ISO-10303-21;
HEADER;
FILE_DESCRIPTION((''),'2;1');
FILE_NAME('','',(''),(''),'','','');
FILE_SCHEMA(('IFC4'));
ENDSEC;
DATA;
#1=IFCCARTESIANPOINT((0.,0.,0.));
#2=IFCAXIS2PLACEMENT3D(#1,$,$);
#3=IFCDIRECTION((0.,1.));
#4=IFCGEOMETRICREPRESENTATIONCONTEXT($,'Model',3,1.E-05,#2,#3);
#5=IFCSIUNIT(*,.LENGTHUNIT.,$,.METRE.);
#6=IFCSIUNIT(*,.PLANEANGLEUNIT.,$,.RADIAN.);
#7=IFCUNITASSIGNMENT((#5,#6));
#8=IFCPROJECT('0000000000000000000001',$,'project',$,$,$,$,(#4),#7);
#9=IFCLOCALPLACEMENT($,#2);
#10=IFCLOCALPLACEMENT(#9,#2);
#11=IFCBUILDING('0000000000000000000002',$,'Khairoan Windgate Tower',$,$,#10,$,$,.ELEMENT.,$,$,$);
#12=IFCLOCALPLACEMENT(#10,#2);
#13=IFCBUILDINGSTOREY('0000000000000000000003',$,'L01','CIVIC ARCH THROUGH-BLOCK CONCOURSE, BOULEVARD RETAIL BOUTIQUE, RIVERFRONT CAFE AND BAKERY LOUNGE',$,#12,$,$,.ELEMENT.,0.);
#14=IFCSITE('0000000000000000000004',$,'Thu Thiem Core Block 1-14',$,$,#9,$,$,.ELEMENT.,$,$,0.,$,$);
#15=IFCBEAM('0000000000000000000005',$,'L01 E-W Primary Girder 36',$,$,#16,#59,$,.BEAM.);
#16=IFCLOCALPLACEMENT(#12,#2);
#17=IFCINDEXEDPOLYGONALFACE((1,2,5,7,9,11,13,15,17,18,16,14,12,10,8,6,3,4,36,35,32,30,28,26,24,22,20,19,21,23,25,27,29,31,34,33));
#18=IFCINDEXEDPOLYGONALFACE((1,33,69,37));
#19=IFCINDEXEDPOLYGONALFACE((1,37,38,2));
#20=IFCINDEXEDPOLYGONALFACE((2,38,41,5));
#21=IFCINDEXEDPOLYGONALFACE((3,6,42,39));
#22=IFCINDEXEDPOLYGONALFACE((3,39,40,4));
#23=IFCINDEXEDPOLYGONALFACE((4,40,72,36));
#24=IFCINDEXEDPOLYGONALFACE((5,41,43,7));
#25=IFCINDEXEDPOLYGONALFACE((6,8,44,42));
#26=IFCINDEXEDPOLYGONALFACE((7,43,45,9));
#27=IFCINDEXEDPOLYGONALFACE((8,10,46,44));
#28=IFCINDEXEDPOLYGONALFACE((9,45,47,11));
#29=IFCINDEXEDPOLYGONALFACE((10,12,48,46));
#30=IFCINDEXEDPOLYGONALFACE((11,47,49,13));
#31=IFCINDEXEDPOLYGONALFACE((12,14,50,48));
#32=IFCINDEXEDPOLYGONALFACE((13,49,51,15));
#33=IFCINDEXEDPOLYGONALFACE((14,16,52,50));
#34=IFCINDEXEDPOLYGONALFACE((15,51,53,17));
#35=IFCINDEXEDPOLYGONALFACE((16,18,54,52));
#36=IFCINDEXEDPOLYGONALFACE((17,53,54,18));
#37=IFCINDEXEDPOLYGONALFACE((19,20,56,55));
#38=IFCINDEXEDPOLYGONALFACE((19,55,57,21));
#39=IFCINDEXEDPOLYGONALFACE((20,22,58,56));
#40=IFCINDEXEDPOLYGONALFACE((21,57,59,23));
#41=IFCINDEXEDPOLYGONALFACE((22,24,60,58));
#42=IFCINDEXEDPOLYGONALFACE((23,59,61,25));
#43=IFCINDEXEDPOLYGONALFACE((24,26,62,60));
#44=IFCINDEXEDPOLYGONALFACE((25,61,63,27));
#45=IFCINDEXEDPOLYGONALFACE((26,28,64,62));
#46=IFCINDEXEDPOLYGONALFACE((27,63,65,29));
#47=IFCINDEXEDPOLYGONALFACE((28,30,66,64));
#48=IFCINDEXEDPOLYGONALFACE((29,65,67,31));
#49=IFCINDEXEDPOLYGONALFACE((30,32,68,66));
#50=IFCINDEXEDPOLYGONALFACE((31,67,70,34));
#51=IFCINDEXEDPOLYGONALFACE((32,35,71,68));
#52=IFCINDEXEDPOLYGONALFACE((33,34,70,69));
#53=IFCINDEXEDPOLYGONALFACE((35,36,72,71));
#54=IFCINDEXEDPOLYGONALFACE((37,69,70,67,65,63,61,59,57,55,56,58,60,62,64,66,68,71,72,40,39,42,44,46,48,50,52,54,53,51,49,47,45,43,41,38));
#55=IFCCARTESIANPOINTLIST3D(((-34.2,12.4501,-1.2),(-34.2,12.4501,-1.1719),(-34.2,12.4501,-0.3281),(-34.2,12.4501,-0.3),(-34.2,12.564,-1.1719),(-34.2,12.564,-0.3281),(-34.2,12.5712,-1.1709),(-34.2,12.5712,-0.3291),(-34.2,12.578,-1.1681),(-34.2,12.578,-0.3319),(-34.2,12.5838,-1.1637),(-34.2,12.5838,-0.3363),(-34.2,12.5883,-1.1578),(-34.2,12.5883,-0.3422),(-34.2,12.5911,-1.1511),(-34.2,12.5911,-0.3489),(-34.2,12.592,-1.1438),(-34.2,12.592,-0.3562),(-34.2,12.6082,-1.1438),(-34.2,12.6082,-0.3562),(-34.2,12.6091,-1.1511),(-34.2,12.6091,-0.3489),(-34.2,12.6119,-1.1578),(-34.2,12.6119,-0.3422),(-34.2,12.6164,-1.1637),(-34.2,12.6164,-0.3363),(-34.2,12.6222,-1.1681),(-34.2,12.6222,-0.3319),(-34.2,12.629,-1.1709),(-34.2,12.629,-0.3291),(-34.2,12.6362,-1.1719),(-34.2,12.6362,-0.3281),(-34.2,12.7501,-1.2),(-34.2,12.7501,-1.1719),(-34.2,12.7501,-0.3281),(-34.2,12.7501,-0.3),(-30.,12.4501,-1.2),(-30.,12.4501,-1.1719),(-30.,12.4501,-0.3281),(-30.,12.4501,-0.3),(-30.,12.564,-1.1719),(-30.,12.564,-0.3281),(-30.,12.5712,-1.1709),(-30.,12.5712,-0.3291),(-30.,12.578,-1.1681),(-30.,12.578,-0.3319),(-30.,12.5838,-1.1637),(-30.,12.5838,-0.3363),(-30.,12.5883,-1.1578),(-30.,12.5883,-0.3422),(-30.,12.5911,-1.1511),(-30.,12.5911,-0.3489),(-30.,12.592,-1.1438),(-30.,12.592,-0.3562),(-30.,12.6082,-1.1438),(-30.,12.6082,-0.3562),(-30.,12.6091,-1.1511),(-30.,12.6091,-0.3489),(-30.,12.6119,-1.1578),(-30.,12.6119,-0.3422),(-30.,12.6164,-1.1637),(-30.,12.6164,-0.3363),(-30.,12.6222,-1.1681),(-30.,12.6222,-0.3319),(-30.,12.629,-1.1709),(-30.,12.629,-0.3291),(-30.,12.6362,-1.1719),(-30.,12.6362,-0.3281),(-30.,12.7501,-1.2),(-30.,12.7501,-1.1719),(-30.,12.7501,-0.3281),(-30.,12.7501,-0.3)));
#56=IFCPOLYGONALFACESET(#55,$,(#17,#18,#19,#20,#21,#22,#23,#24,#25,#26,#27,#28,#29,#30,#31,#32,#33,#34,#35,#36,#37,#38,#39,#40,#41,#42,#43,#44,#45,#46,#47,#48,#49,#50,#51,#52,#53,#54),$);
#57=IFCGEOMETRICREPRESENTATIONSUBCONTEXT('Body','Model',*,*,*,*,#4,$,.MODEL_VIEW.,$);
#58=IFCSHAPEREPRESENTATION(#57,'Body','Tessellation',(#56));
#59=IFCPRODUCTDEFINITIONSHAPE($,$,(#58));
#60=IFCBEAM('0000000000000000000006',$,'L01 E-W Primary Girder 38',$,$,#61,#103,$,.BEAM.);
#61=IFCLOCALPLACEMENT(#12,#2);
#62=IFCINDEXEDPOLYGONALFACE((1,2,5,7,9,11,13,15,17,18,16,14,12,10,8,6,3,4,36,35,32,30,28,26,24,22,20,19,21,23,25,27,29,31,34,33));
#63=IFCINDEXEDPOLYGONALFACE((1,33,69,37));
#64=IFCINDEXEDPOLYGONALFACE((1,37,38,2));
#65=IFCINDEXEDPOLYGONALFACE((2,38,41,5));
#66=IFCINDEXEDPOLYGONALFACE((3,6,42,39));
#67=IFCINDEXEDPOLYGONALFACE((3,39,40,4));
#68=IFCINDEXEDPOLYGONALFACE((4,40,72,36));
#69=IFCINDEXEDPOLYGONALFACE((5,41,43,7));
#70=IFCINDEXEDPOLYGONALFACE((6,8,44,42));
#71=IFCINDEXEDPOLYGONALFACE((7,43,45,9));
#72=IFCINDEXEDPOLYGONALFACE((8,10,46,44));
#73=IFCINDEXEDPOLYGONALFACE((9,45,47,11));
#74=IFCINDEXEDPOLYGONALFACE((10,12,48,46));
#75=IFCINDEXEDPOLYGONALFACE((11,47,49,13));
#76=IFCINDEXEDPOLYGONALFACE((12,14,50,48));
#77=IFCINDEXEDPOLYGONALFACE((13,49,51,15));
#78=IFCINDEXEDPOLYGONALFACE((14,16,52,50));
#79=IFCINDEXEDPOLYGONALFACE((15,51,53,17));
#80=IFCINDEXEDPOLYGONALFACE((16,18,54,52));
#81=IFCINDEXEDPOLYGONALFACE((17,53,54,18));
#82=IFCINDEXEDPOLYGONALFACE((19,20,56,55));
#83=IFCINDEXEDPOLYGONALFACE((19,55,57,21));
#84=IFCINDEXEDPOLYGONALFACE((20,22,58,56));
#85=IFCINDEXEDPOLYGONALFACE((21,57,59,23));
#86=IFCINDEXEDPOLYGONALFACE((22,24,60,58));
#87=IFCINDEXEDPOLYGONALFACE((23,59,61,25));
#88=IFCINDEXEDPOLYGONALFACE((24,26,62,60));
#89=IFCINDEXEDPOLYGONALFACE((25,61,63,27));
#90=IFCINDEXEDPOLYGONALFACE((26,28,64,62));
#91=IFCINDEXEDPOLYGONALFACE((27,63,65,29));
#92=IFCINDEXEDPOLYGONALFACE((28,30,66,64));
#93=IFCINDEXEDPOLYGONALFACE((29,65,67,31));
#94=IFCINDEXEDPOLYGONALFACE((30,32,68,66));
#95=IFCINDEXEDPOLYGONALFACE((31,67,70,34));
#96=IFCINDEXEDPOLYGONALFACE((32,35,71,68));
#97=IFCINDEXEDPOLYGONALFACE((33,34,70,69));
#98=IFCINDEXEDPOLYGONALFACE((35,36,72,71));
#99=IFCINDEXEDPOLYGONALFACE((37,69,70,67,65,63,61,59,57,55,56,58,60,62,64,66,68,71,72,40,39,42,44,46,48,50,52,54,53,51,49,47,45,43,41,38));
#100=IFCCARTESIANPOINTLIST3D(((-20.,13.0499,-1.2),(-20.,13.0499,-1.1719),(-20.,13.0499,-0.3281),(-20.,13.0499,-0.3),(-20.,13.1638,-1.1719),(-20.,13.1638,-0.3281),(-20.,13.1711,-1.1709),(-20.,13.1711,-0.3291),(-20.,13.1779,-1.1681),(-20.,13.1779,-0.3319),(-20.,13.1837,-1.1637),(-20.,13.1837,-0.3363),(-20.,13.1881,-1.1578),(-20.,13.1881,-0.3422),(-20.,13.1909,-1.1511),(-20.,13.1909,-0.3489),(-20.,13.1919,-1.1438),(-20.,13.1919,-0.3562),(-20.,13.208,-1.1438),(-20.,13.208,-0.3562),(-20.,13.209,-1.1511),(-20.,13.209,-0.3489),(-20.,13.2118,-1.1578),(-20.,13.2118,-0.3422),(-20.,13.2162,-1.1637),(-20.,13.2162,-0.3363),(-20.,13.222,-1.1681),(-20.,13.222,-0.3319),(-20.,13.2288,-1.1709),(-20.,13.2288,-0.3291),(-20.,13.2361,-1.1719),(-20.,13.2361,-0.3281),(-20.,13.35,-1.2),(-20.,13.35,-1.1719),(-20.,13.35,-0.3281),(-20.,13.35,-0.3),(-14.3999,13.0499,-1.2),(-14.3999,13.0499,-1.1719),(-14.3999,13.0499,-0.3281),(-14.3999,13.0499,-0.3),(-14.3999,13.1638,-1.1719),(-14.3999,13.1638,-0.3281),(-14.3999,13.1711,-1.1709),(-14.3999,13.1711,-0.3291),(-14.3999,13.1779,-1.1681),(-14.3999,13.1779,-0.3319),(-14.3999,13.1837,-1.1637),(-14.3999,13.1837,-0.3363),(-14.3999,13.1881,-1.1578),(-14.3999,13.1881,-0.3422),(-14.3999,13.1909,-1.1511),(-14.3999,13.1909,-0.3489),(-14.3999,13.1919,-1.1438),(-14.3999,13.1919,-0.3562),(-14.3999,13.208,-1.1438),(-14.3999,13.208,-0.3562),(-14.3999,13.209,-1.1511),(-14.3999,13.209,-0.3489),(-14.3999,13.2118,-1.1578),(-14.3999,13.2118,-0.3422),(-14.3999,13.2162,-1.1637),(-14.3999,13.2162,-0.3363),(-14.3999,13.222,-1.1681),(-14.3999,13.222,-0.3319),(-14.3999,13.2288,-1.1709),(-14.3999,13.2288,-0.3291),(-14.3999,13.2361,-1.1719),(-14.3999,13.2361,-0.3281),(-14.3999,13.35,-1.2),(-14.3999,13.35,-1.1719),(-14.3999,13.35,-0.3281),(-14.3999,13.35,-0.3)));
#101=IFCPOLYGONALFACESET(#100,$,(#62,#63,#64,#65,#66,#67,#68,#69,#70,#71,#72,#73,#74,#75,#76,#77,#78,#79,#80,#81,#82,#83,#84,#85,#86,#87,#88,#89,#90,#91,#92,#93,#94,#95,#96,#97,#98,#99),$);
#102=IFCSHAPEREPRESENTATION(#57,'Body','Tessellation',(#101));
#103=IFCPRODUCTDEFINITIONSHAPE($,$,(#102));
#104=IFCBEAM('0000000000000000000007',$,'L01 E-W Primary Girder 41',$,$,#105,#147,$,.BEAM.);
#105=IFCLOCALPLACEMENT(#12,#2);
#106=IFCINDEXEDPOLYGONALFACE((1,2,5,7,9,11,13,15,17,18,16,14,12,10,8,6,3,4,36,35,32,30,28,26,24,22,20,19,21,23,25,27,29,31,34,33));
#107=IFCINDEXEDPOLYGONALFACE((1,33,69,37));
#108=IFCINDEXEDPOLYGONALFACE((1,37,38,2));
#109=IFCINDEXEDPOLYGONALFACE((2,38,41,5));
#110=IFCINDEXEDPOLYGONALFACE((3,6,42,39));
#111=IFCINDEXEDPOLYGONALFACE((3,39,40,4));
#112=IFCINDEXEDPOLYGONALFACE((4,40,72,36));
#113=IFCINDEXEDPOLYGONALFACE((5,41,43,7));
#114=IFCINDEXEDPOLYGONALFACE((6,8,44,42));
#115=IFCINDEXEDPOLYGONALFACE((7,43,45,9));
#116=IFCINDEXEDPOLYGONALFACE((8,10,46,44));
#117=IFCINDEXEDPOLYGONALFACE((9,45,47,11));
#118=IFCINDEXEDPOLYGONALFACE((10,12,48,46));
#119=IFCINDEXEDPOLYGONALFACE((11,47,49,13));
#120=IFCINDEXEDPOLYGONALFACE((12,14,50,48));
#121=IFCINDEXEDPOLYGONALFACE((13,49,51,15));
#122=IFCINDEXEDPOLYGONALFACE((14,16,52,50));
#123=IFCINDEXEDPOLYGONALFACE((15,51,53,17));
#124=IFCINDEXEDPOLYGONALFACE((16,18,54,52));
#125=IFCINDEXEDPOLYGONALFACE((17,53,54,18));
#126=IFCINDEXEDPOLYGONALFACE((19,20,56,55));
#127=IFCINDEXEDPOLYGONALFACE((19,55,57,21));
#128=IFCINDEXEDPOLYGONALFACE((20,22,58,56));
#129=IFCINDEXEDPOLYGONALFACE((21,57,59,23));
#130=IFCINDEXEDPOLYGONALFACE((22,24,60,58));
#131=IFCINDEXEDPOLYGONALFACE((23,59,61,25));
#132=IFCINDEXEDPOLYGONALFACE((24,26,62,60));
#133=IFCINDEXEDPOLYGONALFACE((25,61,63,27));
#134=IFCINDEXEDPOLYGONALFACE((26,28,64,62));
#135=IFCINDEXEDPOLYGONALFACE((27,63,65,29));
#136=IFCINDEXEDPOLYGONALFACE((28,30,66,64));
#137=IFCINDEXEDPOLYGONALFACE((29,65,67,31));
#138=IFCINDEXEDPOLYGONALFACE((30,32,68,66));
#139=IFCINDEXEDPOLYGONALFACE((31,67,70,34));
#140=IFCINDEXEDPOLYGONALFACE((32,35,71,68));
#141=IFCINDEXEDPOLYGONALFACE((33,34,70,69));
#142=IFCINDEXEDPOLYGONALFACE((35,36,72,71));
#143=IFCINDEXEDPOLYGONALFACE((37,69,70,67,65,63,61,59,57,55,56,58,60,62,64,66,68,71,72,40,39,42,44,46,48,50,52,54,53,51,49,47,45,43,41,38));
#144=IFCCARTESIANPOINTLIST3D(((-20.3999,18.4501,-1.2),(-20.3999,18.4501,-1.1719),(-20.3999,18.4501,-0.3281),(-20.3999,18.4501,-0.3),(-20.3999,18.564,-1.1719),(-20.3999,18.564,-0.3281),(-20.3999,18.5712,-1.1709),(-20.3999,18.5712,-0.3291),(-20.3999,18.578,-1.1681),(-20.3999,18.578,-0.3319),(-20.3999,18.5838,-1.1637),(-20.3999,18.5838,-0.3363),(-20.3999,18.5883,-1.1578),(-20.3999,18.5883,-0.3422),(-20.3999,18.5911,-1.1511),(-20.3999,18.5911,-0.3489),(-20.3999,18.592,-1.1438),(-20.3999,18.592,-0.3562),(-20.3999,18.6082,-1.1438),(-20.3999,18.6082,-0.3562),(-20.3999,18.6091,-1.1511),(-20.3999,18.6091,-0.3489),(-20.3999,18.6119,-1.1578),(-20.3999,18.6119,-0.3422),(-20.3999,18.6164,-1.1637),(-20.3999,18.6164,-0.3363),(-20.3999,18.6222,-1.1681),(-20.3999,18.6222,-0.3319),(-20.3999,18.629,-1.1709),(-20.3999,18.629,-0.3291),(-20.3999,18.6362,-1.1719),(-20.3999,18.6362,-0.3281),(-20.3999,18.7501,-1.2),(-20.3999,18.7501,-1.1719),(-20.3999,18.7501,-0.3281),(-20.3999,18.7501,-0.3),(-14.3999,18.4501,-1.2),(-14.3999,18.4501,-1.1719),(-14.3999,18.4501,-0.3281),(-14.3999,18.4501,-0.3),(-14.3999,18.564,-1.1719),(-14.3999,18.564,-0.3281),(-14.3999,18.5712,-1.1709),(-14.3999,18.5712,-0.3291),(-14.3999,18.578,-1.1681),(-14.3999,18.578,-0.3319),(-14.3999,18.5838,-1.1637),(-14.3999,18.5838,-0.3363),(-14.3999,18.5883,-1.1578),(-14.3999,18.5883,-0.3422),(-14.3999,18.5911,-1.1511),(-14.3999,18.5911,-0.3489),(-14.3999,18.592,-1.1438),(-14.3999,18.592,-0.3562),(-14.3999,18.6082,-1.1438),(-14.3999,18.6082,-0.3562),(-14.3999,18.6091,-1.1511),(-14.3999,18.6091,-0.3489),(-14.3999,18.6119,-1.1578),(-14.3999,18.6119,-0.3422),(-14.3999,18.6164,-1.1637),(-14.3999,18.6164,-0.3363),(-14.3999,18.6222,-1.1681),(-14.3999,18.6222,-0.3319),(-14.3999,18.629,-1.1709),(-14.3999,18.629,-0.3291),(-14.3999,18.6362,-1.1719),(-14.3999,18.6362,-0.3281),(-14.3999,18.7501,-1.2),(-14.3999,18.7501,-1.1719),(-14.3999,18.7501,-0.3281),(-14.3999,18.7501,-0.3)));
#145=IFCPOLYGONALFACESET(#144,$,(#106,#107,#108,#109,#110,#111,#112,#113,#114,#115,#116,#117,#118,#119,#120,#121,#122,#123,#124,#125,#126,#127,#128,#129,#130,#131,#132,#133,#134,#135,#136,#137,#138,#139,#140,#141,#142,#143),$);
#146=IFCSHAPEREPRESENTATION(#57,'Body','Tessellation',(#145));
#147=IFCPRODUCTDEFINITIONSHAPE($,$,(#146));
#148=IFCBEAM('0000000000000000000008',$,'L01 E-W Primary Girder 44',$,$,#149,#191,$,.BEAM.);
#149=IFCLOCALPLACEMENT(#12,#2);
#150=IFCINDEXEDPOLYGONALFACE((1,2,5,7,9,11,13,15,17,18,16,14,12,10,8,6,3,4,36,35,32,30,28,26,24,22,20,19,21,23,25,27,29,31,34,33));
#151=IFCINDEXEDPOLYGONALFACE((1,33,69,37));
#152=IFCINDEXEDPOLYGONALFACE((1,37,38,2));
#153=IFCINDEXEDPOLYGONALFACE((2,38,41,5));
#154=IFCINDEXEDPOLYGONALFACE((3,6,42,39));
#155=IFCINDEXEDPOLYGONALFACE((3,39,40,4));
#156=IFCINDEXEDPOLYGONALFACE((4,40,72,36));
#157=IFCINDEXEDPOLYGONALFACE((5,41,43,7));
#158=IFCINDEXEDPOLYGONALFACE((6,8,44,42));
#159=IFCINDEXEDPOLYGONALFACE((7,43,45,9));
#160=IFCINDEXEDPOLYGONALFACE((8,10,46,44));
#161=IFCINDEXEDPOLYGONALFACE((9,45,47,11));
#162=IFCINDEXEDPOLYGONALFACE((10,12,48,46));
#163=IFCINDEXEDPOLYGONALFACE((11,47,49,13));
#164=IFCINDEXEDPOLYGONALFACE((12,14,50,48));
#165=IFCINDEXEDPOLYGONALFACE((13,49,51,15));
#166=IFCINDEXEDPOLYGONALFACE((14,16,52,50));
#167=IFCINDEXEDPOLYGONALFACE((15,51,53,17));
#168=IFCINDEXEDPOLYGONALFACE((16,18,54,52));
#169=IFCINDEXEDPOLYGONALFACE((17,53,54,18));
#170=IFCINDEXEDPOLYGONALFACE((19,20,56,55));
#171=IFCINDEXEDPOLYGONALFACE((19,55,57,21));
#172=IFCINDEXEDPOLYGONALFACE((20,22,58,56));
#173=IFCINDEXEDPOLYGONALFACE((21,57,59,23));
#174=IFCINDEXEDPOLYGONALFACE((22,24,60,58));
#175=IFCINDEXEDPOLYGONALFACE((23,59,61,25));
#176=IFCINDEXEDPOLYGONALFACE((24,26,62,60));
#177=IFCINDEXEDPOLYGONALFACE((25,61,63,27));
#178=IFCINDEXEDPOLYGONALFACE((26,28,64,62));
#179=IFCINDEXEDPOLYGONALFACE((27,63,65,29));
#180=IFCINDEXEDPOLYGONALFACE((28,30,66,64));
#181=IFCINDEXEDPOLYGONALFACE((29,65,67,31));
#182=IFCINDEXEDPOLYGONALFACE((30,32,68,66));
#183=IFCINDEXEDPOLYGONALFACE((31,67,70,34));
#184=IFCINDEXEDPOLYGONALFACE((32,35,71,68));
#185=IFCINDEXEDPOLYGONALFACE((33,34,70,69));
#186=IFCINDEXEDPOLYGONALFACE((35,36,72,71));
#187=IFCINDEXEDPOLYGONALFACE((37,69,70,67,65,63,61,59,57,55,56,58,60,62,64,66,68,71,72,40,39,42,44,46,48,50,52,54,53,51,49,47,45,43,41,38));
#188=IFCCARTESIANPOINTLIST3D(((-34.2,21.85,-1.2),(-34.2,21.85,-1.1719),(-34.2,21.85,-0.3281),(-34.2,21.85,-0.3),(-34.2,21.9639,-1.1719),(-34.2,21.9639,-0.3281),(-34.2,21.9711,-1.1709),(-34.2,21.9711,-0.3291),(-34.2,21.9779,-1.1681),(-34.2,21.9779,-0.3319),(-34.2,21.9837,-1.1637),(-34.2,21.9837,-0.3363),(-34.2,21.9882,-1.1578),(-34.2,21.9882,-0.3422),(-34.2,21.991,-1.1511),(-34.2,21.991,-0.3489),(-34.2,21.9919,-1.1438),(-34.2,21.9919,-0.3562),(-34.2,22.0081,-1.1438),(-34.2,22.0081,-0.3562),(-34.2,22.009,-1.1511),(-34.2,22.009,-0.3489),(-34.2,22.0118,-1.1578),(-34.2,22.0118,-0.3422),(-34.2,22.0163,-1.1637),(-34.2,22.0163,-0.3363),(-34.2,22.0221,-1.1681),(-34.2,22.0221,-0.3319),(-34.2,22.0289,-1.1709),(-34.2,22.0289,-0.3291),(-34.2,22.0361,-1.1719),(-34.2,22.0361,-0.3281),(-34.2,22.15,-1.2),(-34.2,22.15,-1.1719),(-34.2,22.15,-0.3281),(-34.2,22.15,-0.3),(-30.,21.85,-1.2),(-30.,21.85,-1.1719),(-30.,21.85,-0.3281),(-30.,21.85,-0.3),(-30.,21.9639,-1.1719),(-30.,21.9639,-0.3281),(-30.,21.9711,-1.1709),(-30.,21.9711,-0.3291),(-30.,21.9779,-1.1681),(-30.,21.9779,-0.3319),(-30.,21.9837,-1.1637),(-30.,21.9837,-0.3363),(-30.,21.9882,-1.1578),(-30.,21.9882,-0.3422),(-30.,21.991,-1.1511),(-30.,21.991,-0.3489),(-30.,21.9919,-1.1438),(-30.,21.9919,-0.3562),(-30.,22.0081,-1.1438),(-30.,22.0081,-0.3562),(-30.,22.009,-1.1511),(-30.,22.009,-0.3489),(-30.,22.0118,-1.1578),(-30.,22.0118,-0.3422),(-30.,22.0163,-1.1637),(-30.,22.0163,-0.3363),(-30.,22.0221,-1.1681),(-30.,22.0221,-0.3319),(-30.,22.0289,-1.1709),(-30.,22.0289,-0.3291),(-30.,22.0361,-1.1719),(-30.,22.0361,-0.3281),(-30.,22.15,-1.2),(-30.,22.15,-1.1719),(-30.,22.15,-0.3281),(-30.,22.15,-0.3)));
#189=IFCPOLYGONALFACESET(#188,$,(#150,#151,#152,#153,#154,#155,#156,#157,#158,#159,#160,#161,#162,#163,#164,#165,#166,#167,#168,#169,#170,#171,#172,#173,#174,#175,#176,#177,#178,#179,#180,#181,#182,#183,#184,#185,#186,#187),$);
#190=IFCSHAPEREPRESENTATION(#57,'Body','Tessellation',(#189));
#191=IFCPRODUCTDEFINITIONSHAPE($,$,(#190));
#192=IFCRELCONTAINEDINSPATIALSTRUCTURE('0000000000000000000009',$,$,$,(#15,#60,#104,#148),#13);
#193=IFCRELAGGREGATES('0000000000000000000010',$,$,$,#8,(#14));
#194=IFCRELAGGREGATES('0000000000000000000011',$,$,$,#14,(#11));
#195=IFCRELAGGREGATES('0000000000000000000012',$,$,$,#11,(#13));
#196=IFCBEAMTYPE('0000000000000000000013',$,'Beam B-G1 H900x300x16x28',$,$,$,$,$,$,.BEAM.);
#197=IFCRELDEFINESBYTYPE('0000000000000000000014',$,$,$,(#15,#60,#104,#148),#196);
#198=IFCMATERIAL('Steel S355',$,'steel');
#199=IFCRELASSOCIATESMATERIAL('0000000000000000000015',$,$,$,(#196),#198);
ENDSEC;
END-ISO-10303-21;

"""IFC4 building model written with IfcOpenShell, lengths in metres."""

from ifc_helpers import new_model, si_unit, direction, frame, origin, origin_2d, place, context, subcontext, project, spatial, i_section, extrude, material, material_profile, profile_set, type_object, element, save


model = new_model("IFC4")

# Units and contexts
model_context = context("Model", 3, precision=1e-05, world=origin(), true_north=direction((0.0, 1.0)))
body_context = subcontext(model_context, "Body", "Model", "MODEL_VIEW")
ifc_project = project(units=[si_unit("LENGTHUNIT", "METRE"), si_unit("PLANEANGLEUNIT", "RADIAN")], contexts=[model_context])

# Site, building, storey
site_placement = place(None, origin())
site = spatial("IfcSite", under=ifc_project, at=site_placement, Name="Thu Thiem Core Block 1-14", CompositionType="ELEMENT", RefElevation=0.0)
building_placement = place(site_placement, origin())
building = spatial("IfcBuilding", under=site, at=building_placement, Name="Khairoan Windgate Tower", CompositionType="ELEMENT")
storey_placement = place(building_placement, origin())
storey = spatial("IfcBuildingStorey", under=building, at=storey_placement, Name="L01", Description="CIVIC ARCH THROUGH-BLOCK CONCOURSE, BOULEVARD RETAIL BOUTIQUE, RIVERFRONT CAFE AND BAKERY LOUNGE", CompositionType="ELEMENT", Elevation=0.0)

# Beams
ifc_material_1 = material(Name="Steel S355", Category="steel")
ifc_material_profile_1 = material_profile(ifc_material_1, i_section(OverallWidth=0.3, OverallDepth=0.8999, WebThickness=0.0161, FlangeThickness=0.0281, FilletRadius=0.0281, at=origin_2d()))
ifc_profile_set_1 = profile_set([ifc_material_profile_1], Name="Steel S355")
beam_type_1 = type_object("IfcBeamType", Name="Beam B-G1 H900x300x16x28", PredefinedType="BEAM", material=ifc_profile_set_1)
beam_1_placement = place(storey_placement, frame((-34.2, 12.6001, -0.75), z_axis=(1.0, 0.0, 0.0), x_axis=(0.0, 1.0, 0.0)))
element("IfcBeam", 1, at=beam_1_placement, inside=storey, type_object=beam_type_1, Name="L01 E-W Primary Girder 36", PredefinedType="BEAM", context=body_context, shape_type="SweptSolid", body=[
    extrude(i_section(OverallWidth=0.3, OverallDepth=0.8999, WebThickness=0.0161, FlangeThickness=0.0281, FilletRadius=0.0281, at=origin_2d()), origin(), (0.0, 0.0, 1.0), 4.2),
])
beam_2_placement = place(storey_placement, frame((-20.0, 13.2, -0.75), z_axis=(1.0, 0.0, 0.0), x_axis=(0.0, 1.0, 0.0)))
element("IfcBeam", 2, at=beam_2_placement, inside=storey, type_object=beam_type_1, Name="L01 E-W Primary Girder 38", PredefinedType="BEAM", context=body_context, shape_type="SweptSolid", body=[
    extrude(i_section(OverallWidth=0.3, OverallDepth=0.8999, WebThickness=0.0161, FlangeThickness=0.0281, FilletRadius=0.0281, at=origin_2d()), origin(), (0.0, 0.0, 1.0), 5.6001),
])
beam_3_placement = place(storey_placement, frame((-20.3999, 18.6001, -0.75), z_axis=(1.0, 0.0, 0.0), x_axis=(0.0, 1.0, 0.0)))
element("IfcBeam", 3, at=beam_3_placement, inside=storey, type_object=beam_type_1, Name="L01 E-W Primary Girder 41", PredefinedType="BEAM", context=body_context, shape_type="SweptSolid", body=[
    extrude(i_section(OverallWidth=0.3, OverallDepth=0.8999, WebThickness=0.0161, FlangeThickness=0.0281, FilletRadius=0.0281, at=origin_2d()), origin(), (0.0, 0.0, 1.0), 6.0),
])
for number, where, z_axis, x_axis, name in (
    (4, (-34.2, 22.0, -0.75), (1.0, 0.0, 0.0), (0.0, 1.0, 0.0), "L01 E-W Primary Girder 44"),
):
    element("IfcBeam", number, at=place(storey_placement, frame(where, z_axis=z_axis, x_axis=x_axis)), inside=storey, type_object=beam_type_1, Name=name, PredefinedType="BEAM", context=body_context, shape_type="SweptSolid", body=[
        extrude(i_section(OverallWidth=0.3, OverallDepth=0.8999, WebThickness=0.0161, FlangeThickness=0.0281, FilletRadius=0.0281, at=origin_2d()), origin(), (0.0, 0.0, 1.0), 4.2),
    ])

save(model, "model.ifc")
